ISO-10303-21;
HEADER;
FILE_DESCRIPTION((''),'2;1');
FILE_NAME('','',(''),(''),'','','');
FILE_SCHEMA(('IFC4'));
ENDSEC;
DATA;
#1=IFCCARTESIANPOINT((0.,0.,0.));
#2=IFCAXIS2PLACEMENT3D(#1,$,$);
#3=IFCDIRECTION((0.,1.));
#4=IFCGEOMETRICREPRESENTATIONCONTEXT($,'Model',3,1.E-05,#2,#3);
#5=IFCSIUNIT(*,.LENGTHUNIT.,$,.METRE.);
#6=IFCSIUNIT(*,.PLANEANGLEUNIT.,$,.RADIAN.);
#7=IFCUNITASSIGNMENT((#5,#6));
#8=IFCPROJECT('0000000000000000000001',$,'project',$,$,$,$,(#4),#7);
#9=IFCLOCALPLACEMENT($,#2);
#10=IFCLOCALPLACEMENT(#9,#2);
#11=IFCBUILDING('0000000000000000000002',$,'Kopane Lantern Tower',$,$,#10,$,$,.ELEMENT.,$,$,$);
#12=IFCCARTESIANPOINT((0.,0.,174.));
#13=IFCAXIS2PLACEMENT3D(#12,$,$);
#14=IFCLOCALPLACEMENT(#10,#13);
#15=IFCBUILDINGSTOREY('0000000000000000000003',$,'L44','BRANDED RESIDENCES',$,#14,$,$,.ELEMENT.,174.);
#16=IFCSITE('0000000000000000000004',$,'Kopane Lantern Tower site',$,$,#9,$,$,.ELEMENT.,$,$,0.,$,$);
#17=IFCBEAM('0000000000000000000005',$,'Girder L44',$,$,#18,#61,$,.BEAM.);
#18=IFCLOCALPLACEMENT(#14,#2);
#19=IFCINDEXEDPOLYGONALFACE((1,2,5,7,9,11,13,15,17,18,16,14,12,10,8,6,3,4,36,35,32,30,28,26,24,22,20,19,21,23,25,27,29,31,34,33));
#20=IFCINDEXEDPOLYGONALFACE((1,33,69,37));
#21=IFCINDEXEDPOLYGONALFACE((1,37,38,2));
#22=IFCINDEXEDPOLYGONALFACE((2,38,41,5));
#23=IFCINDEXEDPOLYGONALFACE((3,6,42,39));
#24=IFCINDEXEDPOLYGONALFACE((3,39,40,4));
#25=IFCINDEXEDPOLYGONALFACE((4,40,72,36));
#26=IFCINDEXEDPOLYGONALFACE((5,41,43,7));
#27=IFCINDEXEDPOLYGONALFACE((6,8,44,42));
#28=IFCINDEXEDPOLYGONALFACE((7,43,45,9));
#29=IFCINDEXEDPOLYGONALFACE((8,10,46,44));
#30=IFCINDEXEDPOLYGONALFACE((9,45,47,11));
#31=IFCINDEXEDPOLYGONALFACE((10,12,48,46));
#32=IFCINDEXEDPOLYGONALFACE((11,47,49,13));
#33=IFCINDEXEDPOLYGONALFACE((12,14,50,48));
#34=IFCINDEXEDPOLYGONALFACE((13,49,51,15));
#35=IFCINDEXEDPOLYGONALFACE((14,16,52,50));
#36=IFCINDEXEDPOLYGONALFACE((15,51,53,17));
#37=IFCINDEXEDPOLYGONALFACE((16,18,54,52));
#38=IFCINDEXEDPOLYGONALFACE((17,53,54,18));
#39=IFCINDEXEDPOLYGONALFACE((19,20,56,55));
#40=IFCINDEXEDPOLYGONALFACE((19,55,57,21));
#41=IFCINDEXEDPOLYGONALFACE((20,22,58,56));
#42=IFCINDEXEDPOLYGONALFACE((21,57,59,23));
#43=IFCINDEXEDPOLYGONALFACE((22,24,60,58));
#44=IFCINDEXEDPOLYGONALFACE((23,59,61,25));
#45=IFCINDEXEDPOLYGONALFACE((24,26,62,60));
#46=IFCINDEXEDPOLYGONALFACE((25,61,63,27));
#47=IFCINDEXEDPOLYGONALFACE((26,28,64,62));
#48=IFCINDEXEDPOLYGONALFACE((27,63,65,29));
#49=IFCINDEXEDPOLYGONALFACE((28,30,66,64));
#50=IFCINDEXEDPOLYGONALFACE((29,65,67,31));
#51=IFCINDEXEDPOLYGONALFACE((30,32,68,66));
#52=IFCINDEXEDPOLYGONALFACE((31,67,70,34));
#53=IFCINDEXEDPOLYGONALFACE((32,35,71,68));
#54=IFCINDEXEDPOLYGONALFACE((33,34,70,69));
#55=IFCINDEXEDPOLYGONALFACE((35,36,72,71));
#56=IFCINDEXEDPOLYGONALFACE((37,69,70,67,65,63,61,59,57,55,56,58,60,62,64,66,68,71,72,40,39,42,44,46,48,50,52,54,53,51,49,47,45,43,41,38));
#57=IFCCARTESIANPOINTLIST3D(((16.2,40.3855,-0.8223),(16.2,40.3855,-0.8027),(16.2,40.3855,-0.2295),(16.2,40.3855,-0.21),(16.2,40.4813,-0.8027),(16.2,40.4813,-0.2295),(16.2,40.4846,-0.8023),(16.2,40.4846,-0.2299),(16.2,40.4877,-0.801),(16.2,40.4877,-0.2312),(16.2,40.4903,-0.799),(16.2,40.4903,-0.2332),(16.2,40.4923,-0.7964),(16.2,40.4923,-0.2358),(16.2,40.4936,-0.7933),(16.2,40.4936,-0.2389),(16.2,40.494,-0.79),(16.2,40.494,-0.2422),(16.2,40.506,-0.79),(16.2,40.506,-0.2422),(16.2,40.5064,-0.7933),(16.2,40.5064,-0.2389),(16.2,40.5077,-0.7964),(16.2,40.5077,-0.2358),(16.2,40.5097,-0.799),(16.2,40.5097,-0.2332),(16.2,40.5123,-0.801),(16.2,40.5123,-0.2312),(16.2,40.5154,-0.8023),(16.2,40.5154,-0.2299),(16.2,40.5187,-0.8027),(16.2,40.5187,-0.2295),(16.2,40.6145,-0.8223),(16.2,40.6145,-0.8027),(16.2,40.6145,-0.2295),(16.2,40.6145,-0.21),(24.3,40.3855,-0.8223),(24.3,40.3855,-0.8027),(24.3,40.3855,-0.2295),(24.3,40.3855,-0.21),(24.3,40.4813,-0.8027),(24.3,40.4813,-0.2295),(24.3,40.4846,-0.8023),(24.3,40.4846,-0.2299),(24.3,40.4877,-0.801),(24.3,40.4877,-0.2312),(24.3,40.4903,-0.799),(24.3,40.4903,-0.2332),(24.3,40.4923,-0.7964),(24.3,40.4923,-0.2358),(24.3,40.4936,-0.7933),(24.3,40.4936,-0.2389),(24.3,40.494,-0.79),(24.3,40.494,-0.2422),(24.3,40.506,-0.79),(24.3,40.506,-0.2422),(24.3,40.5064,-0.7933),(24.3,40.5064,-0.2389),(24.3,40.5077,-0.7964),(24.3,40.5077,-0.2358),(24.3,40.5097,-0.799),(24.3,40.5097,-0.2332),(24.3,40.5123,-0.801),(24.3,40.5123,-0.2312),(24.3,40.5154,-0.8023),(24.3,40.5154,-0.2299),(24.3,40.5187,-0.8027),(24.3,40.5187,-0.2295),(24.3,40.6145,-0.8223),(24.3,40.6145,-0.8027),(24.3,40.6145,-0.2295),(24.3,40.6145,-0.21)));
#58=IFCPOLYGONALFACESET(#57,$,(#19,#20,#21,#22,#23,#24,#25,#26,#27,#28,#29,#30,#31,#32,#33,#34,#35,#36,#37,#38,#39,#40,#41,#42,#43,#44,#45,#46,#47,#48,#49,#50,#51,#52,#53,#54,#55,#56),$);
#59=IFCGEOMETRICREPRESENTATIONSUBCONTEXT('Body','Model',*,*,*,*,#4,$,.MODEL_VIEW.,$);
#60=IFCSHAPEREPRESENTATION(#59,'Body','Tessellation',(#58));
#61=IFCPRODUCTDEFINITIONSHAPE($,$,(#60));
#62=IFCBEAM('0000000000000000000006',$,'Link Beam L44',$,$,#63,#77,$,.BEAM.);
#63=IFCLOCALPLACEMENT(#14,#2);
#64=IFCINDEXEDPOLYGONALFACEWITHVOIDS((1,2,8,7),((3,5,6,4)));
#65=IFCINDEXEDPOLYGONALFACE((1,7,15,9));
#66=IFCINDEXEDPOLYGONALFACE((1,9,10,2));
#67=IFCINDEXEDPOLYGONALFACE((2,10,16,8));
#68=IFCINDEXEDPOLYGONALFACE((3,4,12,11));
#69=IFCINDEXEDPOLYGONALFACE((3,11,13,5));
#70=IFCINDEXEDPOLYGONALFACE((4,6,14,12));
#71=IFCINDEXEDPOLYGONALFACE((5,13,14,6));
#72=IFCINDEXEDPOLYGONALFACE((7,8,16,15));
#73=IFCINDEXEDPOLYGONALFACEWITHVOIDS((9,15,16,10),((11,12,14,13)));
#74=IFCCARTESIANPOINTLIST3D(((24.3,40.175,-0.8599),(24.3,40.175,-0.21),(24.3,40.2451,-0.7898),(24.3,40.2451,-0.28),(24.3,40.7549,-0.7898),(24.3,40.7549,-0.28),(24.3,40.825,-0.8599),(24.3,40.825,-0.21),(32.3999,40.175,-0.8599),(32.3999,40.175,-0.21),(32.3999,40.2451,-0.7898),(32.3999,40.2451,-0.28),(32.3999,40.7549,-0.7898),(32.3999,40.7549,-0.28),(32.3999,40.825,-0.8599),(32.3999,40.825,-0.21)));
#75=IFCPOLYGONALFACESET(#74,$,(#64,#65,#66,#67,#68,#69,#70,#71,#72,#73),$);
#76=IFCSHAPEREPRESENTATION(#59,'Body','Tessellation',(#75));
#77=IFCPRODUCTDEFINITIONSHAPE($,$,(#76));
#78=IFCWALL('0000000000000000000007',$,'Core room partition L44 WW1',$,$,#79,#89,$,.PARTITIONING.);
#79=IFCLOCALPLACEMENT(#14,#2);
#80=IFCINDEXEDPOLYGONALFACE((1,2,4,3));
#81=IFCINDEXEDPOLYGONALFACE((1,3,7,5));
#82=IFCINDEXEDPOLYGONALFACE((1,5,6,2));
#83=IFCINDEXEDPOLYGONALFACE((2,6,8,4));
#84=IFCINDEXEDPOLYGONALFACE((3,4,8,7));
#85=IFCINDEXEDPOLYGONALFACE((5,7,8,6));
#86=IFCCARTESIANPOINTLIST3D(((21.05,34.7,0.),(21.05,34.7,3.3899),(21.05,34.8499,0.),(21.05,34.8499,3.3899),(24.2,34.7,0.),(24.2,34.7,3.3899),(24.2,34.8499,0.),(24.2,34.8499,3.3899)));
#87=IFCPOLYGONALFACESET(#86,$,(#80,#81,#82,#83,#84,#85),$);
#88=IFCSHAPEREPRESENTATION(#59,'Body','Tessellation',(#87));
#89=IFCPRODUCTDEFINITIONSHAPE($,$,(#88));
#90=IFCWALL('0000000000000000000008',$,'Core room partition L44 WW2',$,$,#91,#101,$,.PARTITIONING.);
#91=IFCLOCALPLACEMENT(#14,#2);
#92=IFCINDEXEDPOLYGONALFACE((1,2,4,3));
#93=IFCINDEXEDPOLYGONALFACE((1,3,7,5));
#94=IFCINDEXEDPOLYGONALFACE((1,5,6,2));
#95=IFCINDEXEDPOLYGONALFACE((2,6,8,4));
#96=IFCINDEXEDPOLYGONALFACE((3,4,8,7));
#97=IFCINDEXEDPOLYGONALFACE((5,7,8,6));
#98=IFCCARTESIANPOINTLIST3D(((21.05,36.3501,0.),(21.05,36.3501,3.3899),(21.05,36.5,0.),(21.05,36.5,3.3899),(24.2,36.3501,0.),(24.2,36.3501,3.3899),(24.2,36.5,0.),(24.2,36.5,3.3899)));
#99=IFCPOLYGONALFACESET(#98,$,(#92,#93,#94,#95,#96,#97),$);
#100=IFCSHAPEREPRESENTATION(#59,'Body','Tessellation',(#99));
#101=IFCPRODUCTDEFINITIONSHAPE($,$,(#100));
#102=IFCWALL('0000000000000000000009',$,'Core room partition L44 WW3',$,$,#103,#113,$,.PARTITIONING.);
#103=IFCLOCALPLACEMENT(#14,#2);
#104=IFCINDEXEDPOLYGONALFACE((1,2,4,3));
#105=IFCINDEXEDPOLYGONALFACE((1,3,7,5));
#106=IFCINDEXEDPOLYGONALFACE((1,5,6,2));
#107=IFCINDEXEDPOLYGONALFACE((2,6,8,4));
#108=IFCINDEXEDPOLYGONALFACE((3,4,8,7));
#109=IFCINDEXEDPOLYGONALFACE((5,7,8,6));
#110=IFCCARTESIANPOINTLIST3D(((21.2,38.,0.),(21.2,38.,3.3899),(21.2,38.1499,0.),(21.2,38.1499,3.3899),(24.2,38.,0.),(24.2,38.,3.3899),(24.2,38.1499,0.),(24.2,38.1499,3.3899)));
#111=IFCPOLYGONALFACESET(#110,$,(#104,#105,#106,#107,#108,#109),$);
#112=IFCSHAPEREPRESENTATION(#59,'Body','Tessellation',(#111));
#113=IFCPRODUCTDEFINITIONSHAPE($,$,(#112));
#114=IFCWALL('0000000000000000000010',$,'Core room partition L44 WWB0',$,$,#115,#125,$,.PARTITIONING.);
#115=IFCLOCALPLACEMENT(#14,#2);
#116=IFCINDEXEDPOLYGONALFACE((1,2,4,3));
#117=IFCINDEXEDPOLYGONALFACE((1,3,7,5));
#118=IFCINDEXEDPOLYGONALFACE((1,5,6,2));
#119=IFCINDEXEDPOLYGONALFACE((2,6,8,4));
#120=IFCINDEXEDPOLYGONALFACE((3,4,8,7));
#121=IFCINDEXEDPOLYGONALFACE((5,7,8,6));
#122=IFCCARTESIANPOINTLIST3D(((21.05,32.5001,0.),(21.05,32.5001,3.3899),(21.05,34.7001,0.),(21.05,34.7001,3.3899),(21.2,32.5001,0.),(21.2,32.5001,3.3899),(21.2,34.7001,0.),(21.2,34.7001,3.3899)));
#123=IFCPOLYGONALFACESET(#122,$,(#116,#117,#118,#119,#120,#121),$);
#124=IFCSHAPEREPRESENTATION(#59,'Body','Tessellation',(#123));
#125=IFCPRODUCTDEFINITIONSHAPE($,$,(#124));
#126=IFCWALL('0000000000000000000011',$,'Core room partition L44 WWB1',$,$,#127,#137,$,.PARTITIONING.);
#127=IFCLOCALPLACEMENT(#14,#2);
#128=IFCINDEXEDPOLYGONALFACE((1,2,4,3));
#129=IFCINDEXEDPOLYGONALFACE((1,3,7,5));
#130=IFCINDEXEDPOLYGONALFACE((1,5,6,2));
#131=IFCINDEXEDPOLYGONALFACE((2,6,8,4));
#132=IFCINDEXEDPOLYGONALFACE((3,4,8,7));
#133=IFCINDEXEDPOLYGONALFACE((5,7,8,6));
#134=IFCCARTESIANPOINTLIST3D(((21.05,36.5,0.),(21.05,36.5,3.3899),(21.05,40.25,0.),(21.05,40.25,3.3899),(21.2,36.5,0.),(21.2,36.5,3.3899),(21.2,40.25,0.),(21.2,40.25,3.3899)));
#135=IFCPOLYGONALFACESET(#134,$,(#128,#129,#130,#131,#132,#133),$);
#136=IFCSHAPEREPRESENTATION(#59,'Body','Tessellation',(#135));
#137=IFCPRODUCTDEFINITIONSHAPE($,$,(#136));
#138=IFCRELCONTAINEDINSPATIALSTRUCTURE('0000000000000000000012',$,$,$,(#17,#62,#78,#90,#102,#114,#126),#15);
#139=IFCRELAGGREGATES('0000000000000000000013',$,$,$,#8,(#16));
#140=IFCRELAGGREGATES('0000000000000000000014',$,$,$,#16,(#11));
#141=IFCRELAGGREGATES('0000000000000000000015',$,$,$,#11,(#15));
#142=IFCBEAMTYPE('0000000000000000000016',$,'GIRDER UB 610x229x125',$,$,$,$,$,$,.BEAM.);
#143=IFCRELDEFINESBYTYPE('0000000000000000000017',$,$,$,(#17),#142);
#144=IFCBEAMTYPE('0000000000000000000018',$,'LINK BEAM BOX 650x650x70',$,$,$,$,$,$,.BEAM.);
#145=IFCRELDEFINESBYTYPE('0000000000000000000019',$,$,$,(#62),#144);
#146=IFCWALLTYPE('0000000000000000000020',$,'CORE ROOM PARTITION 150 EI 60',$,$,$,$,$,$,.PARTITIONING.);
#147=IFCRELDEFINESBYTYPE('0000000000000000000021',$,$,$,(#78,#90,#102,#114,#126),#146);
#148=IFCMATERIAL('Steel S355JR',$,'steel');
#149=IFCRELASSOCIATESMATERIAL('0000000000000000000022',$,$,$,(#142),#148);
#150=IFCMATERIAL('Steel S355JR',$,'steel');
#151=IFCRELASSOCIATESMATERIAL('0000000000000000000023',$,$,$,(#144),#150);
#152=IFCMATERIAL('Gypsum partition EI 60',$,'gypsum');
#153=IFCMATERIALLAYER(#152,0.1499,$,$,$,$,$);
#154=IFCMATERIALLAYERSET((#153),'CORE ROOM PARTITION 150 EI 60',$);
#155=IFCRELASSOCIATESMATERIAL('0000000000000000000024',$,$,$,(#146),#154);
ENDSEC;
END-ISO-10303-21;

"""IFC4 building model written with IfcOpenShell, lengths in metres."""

from ifc_helpers import new_model, si_unit, direction, frame, frame_2d, origin, origin_2d, place, context, subcontext, project, spatial, rectangle, hollow_rectangle, i_section, extrude, material, layer, layer_set, material_profile, profile_set, type_object, element, save


model = new_model("IFC4")

# Units and contexts
model_context = context("Model", 3, precision=1e-05, world=origin(), true_north=direction((0.0, 1.0)))
body_context = subcontext(model_context, "Body", "Model", "MODEL_VIEW")
ifc_project = project(units=[si_unit("LENGTHUNIT", "METRE"), si_unit("PLANEANGLEUNIT", "RADIAN")], contexts=[model_context])

# Site, building, storey
site_placement = place(None, origin())
site = spatial("IfcSite", under=ifc_project, at=site_placement, Name="Kopane Lantern Tower site", CompositionType="ELEMENT", RefElevation=0.0)
building_placement = place(site_placement, origin())
building = spatial("IfcBuilding", under=site, at=building_placement, Name="Kopane Lantern Tower", CompositionType="ELEMENT")
storey_placement = place(building_placement, frame((0.0, 0.0, 174.0)))
storey = spatial("IfcBuildingStorey", under=building, at=storey_placement, Name="L44", Description="BRANDED RESIDENCES", CompositionType="ELEMENT", Elevation=174.0)

# Beams
ifc_material_1 = material(Name="Steel S355JR", Category="steel")
ifc_material_profile_1 = material_profile(ifc_material_1, i_section(OverallWidth=0.229, OverallDepth=0.6123, WebThickness=0.012, FlangeThickness=0.0195, FilletRadius=0.0127, at=origin_2d()), Name="UB 610x229x125")
ifc_profile_set_1 = profile_set([ifc_material_profile_1], Name="Steel S355JR")
beam_type_1 = type_object("IfcBeamType", Name="GIRDER UB 610x229x125", PredefinedType="BEAM", material=ifc_profile_set_1)
beam_1_placement = place(storey_placement, frame((16.2, 40.5, -0.5161), z_axis=(1.0, 0.0, 0.0), x_axis=(0.0, 1.0, 0.0)))
element("IfcBeam", 1, at=beam_1_placement, inside=storey, type_object=beam_type_1, Name="Girder L44", PredefinedType="BEAM", context=body_context, shape_type="SweptSolid", body=[
    extrude(i_section(OverallWidth=0.229, OverallDepth=0.6123, WebThickness=0.012, FlangeThickness=0.0195, FilletRadius=0.0127, at=origin_2d()), origin(), (0.0, 0.0, 1.0), 8.1001),
])
ifc_material_2 = material(Name="Steel S355JR", Category="steel")
ifc_material_profile_2 = material_profile(ifc_material_2, hollow_rectangle(XDim=0.6499, YDim=0.6499, WallThickness=0.0701, at=origin_2d()), Name="BOX 650x650x70")
ifc_profile_set_2 = profile_set([ifc_material_profile_2], Name="Steel S355JR")
beam_type_2 = type_object("IfcBeamType", Name="LINK BEAM BOX 650x650x70", PredefinedType="BEAM", material=ifc_profile_set_2)
beam_2_placement = place(storey_placement, frame((24.3, 40.5, -0.5349), z_axis=(1.0, 0.0, 0.0), x_axis=(0.0, 1.0, 0.0)))
element("IfcBeam", 2, at=beam_2_placement, inside=storey, type_object=beam_type_2, Name="Link Beam L44", PredefinedType="BEAM", context=body_context, shape_type="SweptSolid", body=[
    extrude(hollow_rectangle(XDim=0.6499, YDim=0.6499, WallThickness=0.0701, at=origin_2d()), origin(), (0.0, 0.0, 1.0), 8.0999),
])

# Walls
ifc_material_3 = material(Name="Gypsum partition EI 60", Category="gypsum")
ifc_layer_1 = layer(ifc_material_3, 0.1499)
ifc_layer_set_1 = layer_set([ifc_layer_1], Name="CORE ROOM PARTITION 150 EI 60")
wall_type_1 = type_object("IfcWallType", Name="CORE ROOM PARTITION 150 EI 60", PredefinedType="PARTITIONING", material=ifc_layer_set_1)
for number, where, z_axis, x_axis, name in (
    (3, (21.05, 34.7749, 0.0), (0.0, 0.0, 1.0), (1.0, 0.0, 0.0), "Core room partition L44 WW1"),
    (4, (21.05, 36.425, 0.0), (0.0, 0.0, 1.0), (1.0, 0.0, 0.0), "Core room partition L44 WW2"),
):
    element("IfcWall", number, at=place(storey_placement, frame(where, z_axis=z_axis, x_axis=x_axis)), inside=storey, type_object=wall_type_1, Name=name, PredefinedType="PARTITIONING", context=body_context, shape_type="SweptSolid", body=[
        extrude(rectangle(XDim=3.1499, YDim=0.1499, at=frame_2d((1.575, 0.0))), origin(), (0.0, 0.0, 1.0), 3.3899),
    ])
wall_1_placement = place(storey_placement, frame((21.2, 38.075, 0.0), z_axis=(0.0, 0.0, 1.0), x_axis=(1.0, 0.0, 0.0)))
element("IfcWall", 5, at=wall_1_placement, inside=storey, type_object=wall_type_1, Name="Core room partition L44 WW3", PredefinedType="PARTITIONING", context=body_context, shape_type="SweptSolid", body=[
    extrude(rectangle(XDim=3.0, YDim=0.1499, at=frame_2d((1.5, 0.0))), origin(), (0.0, 0.0, 1.0), 3.3899),
])
wall_2_placement = place(storey_placement, frame((21.125, 32.5, 0.0), z_axis=(0.0, 0.0, 1.0), x_axis=(0.0, 1.0, 0.0)))
element("IfcWall", 6, at=wall_2_placement, inside=storey, type_object=wall_type_1, Name="Core room partition L44 WWB0", PredefinedType="PARTITIONING", context=body_context, shape_type="SweptSolid", body=[
    extrude(rectangle(XDim=2.2, YDim=0.1499, at=frame_2d((1.1001, 0.0))), origin(), (0.0, 0.0, 1.0), 3.3899),
])
wall_3_placement = place(storey_placement, frame((21.125, 36.5, 0.0), z_axis=(0.0, 0.0, 1.0), x_axis=(0.0, 1.0, 0.0)))
element("IfcWall", 7, at=wall_3_placement, inside=storey, type_object=wall_type_1, Name="Core room partition L44 WWB1", PredefinedType="PARTITIONING", context=body_context, shape_type="SweptSolid", body=[
    extrude(rectangle(XDim=3.75, YDim=0.1499, at=frame_2d((1.875, 0.0))), origin(), (0.0, 0.0, 1.0), 3.3899),
])

save(model, "model.ifc")
